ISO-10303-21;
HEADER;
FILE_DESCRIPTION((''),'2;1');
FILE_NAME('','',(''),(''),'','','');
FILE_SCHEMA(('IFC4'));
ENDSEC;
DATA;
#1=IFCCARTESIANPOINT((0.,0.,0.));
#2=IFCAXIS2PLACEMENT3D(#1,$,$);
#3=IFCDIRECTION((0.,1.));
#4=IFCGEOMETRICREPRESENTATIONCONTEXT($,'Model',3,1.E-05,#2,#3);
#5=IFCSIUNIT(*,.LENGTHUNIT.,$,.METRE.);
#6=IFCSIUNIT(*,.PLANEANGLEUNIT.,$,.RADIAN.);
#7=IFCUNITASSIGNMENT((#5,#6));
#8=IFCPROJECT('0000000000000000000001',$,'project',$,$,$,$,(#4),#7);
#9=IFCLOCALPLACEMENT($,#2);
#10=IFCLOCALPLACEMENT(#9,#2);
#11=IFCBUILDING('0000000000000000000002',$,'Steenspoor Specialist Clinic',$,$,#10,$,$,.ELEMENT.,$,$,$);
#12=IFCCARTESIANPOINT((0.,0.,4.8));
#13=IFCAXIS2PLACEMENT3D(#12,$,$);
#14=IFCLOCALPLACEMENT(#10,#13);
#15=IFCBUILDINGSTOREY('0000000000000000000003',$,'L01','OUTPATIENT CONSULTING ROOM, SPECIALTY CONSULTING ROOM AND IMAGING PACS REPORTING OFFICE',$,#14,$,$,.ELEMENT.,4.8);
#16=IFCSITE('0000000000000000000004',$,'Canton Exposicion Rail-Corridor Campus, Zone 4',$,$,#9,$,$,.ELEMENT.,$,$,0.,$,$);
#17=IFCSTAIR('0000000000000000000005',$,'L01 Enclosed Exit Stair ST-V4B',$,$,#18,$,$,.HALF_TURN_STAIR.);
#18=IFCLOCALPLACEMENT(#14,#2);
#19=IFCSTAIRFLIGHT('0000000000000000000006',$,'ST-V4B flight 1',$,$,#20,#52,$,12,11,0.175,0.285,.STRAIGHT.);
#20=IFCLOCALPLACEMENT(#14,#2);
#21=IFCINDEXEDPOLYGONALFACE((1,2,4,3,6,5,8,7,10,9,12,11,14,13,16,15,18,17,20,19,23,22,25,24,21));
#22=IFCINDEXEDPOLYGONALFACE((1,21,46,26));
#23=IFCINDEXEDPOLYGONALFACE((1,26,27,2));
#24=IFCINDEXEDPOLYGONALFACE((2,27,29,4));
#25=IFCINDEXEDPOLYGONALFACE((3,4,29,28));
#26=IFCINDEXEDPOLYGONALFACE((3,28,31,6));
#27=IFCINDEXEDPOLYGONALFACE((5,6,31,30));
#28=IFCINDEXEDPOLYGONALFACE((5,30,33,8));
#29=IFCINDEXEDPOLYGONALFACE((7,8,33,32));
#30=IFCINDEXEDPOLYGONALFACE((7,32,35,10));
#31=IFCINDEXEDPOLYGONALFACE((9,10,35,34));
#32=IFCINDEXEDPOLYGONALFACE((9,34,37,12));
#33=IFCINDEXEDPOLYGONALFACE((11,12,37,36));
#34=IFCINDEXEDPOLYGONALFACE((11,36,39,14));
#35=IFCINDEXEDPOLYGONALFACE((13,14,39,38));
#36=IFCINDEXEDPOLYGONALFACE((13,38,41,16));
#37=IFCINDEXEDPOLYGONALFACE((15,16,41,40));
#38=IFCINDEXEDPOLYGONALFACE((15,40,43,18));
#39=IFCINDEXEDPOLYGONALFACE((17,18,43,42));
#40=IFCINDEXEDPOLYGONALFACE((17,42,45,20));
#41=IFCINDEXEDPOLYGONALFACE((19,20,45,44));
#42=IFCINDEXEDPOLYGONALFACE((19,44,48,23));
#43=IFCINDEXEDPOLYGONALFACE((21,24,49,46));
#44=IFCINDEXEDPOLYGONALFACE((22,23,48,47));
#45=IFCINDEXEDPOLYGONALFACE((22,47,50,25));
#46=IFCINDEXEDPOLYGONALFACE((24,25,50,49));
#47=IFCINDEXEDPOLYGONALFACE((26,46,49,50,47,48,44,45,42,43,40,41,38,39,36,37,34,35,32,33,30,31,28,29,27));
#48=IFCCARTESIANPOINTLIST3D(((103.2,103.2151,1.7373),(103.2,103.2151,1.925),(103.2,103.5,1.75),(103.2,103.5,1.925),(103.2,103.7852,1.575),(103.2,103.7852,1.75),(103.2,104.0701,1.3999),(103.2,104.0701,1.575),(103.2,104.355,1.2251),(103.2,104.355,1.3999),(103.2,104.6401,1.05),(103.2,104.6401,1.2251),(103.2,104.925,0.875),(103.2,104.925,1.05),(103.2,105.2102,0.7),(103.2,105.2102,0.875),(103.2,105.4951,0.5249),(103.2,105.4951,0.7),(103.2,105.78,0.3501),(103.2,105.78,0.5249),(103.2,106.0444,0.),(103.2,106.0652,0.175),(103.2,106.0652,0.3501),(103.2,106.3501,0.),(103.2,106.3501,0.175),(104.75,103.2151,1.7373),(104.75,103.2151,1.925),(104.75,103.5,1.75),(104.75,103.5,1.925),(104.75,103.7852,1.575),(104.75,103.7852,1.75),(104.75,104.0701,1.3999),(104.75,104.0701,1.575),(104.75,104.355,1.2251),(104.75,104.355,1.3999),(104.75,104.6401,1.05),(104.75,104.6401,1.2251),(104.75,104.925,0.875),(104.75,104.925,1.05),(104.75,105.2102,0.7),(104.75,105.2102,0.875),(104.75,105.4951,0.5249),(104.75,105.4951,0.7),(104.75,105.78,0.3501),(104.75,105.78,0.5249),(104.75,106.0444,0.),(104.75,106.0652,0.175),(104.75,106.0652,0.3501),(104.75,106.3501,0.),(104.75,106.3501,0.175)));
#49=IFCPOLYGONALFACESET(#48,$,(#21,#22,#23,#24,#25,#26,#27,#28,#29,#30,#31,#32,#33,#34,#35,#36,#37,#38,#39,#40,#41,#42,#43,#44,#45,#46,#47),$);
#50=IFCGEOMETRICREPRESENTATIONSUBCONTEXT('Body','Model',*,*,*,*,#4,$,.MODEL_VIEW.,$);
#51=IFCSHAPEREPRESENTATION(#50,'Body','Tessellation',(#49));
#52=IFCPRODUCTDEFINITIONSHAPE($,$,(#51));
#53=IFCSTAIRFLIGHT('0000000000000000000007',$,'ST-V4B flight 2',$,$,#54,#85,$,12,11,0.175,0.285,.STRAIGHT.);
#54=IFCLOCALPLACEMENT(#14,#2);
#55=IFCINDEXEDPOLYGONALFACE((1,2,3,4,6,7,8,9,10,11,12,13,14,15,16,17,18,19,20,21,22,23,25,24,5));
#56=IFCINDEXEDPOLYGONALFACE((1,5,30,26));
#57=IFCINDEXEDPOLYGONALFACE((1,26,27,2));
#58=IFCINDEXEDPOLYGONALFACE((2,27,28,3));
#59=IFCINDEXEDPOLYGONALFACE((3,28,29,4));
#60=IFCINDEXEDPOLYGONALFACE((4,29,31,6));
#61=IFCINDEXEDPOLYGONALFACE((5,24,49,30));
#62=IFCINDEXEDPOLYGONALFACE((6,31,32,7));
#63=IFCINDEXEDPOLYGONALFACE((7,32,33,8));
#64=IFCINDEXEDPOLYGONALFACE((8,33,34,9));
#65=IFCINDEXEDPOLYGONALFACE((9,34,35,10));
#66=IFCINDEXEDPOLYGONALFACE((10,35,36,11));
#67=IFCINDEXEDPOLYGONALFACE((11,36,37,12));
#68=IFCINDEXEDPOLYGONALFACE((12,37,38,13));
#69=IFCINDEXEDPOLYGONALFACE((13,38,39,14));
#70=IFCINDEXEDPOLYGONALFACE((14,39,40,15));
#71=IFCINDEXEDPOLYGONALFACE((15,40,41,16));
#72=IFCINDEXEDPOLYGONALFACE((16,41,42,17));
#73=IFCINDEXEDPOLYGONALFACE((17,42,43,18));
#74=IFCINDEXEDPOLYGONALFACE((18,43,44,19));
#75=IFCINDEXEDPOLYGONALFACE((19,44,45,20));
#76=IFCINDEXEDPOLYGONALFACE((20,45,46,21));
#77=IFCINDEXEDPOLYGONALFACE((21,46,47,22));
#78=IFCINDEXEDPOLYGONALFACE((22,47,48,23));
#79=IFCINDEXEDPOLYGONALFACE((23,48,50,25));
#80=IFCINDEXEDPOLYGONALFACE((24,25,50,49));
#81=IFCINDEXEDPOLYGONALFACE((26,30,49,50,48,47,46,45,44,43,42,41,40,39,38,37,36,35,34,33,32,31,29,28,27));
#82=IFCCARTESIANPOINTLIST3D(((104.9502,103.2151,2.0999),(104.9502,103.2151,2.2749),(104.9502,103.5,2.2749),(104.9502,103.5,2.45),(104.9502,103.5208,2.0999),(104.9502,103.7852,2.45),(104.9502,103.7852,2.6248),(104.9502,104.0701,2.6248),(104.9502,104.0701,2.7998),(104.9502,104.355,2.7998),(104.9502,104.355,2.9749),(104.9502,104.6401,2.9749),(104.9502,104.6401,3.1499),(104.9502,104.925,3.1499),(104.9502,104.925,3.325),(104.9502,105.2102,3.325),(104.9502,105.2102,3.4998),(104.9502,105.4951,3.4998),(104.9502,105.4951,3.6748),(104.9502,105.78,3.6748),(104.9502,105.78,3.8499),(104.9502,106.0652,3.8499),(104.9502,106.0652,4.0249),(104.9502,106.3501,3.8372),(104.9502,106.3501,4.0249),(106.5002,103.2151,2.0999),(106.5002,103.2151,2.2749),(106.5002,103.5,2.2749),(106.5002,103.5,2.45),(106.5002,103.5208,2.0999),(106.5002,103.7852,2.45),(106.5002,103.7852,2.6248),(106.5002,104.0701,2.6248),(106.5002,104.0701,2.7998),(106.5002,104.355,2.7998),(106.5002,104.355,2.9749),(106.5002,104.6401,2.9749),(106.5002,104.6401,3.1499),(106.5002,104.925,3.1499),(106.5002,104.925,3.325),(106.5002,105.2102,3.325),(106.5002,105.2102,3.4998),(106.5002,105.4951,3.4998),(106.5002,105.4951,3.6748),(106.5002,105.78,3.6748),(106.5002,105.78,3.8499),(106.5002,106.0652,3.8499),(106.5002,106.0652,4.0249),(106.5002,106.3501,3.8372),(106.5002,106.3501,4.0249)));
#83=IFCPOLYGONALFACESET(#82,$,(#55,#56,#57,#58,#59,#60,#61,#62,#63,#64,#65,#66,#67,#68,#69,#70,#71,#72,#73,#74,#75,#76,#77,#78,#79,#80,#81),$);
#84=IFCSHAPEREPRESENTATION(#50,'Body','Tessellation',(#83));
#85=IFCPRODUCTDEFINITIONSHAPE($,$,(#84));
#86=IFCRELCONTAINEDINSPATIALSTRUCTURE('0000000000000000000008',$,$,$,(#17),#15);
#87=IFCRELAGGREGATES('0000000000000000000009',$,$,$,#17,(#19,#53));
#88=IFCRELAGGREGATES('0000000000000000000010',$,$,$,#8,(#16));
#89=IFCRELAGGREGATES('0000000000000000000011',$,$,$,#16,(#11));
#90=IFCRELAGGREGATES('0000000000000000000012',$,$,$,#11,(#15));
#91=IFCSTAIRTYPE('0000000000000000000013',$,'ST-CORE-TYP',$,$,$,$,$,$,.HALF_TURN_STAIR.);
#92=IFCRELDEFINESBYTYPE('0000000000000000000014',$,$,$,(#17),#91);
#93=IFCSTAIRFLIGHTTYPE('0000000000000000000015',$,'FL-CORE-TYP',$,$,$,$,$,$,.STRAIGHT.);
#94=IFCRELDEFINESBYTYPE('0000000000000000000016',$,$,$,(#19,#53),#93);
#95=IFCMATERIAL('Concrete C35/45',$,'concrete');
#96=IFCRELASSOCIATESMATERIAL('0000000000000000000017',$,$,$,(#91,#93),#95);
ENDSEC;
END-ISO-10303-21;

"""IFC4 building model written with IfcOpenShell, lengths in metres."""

from ifc_helpers import new_model, si_unit, direction, frame, origin, place, context, subcontext, project, spatial, polyline, outline, extrude, material, type_object, element, aggregate, save


model = new_model("IFC4")

# Units and contexts
model_context = context("Model", 3, precision=1e-05, world=origin(), true_north=direction((0.0, 1.0)))
body_context = subcontext(model_context, "Body", "Model", "MODEL_VIEW")
ifc_project = project(units=[si_unit("LENGTHUNIT", "METRE"), si_unit("PLANEANGLEUNIT", "RADIAN")], contexts=[model_context])

# Site, building, storey
site_placement = place(None, origin())
site = spatial("IfcSite", under=ifc_project, at=site_placement, Name="Canton Exposicion Rail-Corridor Campus, Zone 4", CompositionType="ELEMENT", RefElevation=0.0)
building_placement = place(site_placement, origin())
building = spatial("IfcBuilding", under=site, at=building_placement, Name="Steenspoor Specialist Clinic", CompositionType="ELEMENT")
storey_placement = place(building_placement, frame((0.0, 0.0, 4.8)))
storey = spatial("IfcBuildingStorey", under=building, at=storey_placement, Name="L01", Description="OUTPATIENT CONSULTING ROOM, SPECIALTY CONSULTING ROOM AND IMAGING PACS REPORTING OFFICE", CompositionType="ELEMENT", Elevation=4.8)

# Shared definitions
ifc_material_1 = material(Name="Concrete C35/45", Category="concrete")

# Stair, stair flights
stair_type = type_object("IfcStairType", Name="ST-CORE-TYP", PredefinedType="HALF_TURN_STAIR", material=ifc_material_1)
stair_placement = place(storey_placement, origin())
stair = element("IfcStair", 1, at=stair_placement, inside=storey, type_object=stair_type, Name="L01 Enclosed Exit Stair ST-V4B", PredefinedType="HALF_TURN_STAIR")
stair_flight_type = type_object("IfcStairFlightType", Name="FL-CORE-TYP", PredefinedType="STRAIGHT", material=ifc_material_1)
stair_flight_1_placement = place(storey_placement, frame((103.9751, 106.3501, 0.0), z_axis=(0.0, 0.0, 1.0), x_axis=(0.0, -1.0, 0.0)))
stair_flight_1 = element("IfcStairFlight", 2, at=stair_flight_1_placement, type_object=stair_flight_type, Name="ST-V4B flight 1", NumberOfRisers=12, NumberOfTreads=11, PredefinedType="STRAIGHT", RiserHeight=0.175, TreadLength=0.285, context=body_context, shape_type="SweptSolid", body=[
    extrude(outline(polyline([(0.0, 0.0), (0.0, 0.175), (0.2849, 0.175), (0.2849, 0.3501), (0.5701, 0.3501), (0.5701, 0.5249), (0.855, 0.5249), (0.855, 0.7), (1.1399, 0.7), (1.1399, 0.875), (1.425, 0.875), (1.425, 1.05), (1.71, 1.05), (1.71, 1.2251), (1.9951, 1.2251), (1.9951, 1.3999), (2.28, 1.3999), (2.28, 1.575), (2.5649, 1.575), (2.5649, 1.75), (2.8501, 1.75), (2.8501, 1.925), (3.135, 1.925), (3.135, 2.1001), (3.135, 1.7373), (0.3057, 0.0), (0.0, 0.0)])), frame((0.0, 0.7749, 0.0), z_axis=(0.0, -1.0, 0.0), x_axis=(1.0, 0.0, 0.0)), (0.0, 0.0, 1.0), 1.55),
])
stair_flight_2_placement = place(storey_placement, frame((105.7251, 103.2151, 2.0999), z_axis=(0.0, 0.0, 1.0), x_axis=(0.0, 1.0, 0.0)))
stair_flight_2 = element("IfcStairFlight", 3, at=stair_flight_2_placement, type_object=stair_flight_type, Name="ST-V4B flight 2", NumberOfRisers=12, NumberOfTreads=11, PredefinedType="STRAIGHT", RiserHeight=0.175, TreadLength=0.285, context=body_context, shape_type="SweptSolid", body=[
    extrude(outline(polyline([(0.0, 0.0), (0.0, 0.175), (0.2849, 0.175), (0.2849, 0.3501), (0.5701, 0.3501), (0.5701, 0.5249), (0.855, 0.5249), (0.855, 0.7), (1.1399, 0.7), (1.1399, 0.875), (1.425, 0.875), (1.425, 1.05), (1.71, 1.05), (1.71, 1.2251), (1.9951, 1.2251), (1.9951, 1.3999), (2.28, 1.3999), (2.28, 1.575), (2.5649, 1.575), (2.5649, 1.75), (2.8501, 1.75), (2.8501, 1.925), (3.135, 1.925), (3.135, 2.1001), (3.135, 1.7373), (0.3057, 0.0), (0.0, 0.0)])), frame((0.0, 0.7749, 0.0), z_axis=(0.0, -1.0, 0.0), x_axis=(1.0, 0.0, 0.0)), (0.0, 0.0, 1.0), 1.55),
])
aggregate(stair, [stair_flight_1, stair_flight_2])

save(model, "model.ifc")
